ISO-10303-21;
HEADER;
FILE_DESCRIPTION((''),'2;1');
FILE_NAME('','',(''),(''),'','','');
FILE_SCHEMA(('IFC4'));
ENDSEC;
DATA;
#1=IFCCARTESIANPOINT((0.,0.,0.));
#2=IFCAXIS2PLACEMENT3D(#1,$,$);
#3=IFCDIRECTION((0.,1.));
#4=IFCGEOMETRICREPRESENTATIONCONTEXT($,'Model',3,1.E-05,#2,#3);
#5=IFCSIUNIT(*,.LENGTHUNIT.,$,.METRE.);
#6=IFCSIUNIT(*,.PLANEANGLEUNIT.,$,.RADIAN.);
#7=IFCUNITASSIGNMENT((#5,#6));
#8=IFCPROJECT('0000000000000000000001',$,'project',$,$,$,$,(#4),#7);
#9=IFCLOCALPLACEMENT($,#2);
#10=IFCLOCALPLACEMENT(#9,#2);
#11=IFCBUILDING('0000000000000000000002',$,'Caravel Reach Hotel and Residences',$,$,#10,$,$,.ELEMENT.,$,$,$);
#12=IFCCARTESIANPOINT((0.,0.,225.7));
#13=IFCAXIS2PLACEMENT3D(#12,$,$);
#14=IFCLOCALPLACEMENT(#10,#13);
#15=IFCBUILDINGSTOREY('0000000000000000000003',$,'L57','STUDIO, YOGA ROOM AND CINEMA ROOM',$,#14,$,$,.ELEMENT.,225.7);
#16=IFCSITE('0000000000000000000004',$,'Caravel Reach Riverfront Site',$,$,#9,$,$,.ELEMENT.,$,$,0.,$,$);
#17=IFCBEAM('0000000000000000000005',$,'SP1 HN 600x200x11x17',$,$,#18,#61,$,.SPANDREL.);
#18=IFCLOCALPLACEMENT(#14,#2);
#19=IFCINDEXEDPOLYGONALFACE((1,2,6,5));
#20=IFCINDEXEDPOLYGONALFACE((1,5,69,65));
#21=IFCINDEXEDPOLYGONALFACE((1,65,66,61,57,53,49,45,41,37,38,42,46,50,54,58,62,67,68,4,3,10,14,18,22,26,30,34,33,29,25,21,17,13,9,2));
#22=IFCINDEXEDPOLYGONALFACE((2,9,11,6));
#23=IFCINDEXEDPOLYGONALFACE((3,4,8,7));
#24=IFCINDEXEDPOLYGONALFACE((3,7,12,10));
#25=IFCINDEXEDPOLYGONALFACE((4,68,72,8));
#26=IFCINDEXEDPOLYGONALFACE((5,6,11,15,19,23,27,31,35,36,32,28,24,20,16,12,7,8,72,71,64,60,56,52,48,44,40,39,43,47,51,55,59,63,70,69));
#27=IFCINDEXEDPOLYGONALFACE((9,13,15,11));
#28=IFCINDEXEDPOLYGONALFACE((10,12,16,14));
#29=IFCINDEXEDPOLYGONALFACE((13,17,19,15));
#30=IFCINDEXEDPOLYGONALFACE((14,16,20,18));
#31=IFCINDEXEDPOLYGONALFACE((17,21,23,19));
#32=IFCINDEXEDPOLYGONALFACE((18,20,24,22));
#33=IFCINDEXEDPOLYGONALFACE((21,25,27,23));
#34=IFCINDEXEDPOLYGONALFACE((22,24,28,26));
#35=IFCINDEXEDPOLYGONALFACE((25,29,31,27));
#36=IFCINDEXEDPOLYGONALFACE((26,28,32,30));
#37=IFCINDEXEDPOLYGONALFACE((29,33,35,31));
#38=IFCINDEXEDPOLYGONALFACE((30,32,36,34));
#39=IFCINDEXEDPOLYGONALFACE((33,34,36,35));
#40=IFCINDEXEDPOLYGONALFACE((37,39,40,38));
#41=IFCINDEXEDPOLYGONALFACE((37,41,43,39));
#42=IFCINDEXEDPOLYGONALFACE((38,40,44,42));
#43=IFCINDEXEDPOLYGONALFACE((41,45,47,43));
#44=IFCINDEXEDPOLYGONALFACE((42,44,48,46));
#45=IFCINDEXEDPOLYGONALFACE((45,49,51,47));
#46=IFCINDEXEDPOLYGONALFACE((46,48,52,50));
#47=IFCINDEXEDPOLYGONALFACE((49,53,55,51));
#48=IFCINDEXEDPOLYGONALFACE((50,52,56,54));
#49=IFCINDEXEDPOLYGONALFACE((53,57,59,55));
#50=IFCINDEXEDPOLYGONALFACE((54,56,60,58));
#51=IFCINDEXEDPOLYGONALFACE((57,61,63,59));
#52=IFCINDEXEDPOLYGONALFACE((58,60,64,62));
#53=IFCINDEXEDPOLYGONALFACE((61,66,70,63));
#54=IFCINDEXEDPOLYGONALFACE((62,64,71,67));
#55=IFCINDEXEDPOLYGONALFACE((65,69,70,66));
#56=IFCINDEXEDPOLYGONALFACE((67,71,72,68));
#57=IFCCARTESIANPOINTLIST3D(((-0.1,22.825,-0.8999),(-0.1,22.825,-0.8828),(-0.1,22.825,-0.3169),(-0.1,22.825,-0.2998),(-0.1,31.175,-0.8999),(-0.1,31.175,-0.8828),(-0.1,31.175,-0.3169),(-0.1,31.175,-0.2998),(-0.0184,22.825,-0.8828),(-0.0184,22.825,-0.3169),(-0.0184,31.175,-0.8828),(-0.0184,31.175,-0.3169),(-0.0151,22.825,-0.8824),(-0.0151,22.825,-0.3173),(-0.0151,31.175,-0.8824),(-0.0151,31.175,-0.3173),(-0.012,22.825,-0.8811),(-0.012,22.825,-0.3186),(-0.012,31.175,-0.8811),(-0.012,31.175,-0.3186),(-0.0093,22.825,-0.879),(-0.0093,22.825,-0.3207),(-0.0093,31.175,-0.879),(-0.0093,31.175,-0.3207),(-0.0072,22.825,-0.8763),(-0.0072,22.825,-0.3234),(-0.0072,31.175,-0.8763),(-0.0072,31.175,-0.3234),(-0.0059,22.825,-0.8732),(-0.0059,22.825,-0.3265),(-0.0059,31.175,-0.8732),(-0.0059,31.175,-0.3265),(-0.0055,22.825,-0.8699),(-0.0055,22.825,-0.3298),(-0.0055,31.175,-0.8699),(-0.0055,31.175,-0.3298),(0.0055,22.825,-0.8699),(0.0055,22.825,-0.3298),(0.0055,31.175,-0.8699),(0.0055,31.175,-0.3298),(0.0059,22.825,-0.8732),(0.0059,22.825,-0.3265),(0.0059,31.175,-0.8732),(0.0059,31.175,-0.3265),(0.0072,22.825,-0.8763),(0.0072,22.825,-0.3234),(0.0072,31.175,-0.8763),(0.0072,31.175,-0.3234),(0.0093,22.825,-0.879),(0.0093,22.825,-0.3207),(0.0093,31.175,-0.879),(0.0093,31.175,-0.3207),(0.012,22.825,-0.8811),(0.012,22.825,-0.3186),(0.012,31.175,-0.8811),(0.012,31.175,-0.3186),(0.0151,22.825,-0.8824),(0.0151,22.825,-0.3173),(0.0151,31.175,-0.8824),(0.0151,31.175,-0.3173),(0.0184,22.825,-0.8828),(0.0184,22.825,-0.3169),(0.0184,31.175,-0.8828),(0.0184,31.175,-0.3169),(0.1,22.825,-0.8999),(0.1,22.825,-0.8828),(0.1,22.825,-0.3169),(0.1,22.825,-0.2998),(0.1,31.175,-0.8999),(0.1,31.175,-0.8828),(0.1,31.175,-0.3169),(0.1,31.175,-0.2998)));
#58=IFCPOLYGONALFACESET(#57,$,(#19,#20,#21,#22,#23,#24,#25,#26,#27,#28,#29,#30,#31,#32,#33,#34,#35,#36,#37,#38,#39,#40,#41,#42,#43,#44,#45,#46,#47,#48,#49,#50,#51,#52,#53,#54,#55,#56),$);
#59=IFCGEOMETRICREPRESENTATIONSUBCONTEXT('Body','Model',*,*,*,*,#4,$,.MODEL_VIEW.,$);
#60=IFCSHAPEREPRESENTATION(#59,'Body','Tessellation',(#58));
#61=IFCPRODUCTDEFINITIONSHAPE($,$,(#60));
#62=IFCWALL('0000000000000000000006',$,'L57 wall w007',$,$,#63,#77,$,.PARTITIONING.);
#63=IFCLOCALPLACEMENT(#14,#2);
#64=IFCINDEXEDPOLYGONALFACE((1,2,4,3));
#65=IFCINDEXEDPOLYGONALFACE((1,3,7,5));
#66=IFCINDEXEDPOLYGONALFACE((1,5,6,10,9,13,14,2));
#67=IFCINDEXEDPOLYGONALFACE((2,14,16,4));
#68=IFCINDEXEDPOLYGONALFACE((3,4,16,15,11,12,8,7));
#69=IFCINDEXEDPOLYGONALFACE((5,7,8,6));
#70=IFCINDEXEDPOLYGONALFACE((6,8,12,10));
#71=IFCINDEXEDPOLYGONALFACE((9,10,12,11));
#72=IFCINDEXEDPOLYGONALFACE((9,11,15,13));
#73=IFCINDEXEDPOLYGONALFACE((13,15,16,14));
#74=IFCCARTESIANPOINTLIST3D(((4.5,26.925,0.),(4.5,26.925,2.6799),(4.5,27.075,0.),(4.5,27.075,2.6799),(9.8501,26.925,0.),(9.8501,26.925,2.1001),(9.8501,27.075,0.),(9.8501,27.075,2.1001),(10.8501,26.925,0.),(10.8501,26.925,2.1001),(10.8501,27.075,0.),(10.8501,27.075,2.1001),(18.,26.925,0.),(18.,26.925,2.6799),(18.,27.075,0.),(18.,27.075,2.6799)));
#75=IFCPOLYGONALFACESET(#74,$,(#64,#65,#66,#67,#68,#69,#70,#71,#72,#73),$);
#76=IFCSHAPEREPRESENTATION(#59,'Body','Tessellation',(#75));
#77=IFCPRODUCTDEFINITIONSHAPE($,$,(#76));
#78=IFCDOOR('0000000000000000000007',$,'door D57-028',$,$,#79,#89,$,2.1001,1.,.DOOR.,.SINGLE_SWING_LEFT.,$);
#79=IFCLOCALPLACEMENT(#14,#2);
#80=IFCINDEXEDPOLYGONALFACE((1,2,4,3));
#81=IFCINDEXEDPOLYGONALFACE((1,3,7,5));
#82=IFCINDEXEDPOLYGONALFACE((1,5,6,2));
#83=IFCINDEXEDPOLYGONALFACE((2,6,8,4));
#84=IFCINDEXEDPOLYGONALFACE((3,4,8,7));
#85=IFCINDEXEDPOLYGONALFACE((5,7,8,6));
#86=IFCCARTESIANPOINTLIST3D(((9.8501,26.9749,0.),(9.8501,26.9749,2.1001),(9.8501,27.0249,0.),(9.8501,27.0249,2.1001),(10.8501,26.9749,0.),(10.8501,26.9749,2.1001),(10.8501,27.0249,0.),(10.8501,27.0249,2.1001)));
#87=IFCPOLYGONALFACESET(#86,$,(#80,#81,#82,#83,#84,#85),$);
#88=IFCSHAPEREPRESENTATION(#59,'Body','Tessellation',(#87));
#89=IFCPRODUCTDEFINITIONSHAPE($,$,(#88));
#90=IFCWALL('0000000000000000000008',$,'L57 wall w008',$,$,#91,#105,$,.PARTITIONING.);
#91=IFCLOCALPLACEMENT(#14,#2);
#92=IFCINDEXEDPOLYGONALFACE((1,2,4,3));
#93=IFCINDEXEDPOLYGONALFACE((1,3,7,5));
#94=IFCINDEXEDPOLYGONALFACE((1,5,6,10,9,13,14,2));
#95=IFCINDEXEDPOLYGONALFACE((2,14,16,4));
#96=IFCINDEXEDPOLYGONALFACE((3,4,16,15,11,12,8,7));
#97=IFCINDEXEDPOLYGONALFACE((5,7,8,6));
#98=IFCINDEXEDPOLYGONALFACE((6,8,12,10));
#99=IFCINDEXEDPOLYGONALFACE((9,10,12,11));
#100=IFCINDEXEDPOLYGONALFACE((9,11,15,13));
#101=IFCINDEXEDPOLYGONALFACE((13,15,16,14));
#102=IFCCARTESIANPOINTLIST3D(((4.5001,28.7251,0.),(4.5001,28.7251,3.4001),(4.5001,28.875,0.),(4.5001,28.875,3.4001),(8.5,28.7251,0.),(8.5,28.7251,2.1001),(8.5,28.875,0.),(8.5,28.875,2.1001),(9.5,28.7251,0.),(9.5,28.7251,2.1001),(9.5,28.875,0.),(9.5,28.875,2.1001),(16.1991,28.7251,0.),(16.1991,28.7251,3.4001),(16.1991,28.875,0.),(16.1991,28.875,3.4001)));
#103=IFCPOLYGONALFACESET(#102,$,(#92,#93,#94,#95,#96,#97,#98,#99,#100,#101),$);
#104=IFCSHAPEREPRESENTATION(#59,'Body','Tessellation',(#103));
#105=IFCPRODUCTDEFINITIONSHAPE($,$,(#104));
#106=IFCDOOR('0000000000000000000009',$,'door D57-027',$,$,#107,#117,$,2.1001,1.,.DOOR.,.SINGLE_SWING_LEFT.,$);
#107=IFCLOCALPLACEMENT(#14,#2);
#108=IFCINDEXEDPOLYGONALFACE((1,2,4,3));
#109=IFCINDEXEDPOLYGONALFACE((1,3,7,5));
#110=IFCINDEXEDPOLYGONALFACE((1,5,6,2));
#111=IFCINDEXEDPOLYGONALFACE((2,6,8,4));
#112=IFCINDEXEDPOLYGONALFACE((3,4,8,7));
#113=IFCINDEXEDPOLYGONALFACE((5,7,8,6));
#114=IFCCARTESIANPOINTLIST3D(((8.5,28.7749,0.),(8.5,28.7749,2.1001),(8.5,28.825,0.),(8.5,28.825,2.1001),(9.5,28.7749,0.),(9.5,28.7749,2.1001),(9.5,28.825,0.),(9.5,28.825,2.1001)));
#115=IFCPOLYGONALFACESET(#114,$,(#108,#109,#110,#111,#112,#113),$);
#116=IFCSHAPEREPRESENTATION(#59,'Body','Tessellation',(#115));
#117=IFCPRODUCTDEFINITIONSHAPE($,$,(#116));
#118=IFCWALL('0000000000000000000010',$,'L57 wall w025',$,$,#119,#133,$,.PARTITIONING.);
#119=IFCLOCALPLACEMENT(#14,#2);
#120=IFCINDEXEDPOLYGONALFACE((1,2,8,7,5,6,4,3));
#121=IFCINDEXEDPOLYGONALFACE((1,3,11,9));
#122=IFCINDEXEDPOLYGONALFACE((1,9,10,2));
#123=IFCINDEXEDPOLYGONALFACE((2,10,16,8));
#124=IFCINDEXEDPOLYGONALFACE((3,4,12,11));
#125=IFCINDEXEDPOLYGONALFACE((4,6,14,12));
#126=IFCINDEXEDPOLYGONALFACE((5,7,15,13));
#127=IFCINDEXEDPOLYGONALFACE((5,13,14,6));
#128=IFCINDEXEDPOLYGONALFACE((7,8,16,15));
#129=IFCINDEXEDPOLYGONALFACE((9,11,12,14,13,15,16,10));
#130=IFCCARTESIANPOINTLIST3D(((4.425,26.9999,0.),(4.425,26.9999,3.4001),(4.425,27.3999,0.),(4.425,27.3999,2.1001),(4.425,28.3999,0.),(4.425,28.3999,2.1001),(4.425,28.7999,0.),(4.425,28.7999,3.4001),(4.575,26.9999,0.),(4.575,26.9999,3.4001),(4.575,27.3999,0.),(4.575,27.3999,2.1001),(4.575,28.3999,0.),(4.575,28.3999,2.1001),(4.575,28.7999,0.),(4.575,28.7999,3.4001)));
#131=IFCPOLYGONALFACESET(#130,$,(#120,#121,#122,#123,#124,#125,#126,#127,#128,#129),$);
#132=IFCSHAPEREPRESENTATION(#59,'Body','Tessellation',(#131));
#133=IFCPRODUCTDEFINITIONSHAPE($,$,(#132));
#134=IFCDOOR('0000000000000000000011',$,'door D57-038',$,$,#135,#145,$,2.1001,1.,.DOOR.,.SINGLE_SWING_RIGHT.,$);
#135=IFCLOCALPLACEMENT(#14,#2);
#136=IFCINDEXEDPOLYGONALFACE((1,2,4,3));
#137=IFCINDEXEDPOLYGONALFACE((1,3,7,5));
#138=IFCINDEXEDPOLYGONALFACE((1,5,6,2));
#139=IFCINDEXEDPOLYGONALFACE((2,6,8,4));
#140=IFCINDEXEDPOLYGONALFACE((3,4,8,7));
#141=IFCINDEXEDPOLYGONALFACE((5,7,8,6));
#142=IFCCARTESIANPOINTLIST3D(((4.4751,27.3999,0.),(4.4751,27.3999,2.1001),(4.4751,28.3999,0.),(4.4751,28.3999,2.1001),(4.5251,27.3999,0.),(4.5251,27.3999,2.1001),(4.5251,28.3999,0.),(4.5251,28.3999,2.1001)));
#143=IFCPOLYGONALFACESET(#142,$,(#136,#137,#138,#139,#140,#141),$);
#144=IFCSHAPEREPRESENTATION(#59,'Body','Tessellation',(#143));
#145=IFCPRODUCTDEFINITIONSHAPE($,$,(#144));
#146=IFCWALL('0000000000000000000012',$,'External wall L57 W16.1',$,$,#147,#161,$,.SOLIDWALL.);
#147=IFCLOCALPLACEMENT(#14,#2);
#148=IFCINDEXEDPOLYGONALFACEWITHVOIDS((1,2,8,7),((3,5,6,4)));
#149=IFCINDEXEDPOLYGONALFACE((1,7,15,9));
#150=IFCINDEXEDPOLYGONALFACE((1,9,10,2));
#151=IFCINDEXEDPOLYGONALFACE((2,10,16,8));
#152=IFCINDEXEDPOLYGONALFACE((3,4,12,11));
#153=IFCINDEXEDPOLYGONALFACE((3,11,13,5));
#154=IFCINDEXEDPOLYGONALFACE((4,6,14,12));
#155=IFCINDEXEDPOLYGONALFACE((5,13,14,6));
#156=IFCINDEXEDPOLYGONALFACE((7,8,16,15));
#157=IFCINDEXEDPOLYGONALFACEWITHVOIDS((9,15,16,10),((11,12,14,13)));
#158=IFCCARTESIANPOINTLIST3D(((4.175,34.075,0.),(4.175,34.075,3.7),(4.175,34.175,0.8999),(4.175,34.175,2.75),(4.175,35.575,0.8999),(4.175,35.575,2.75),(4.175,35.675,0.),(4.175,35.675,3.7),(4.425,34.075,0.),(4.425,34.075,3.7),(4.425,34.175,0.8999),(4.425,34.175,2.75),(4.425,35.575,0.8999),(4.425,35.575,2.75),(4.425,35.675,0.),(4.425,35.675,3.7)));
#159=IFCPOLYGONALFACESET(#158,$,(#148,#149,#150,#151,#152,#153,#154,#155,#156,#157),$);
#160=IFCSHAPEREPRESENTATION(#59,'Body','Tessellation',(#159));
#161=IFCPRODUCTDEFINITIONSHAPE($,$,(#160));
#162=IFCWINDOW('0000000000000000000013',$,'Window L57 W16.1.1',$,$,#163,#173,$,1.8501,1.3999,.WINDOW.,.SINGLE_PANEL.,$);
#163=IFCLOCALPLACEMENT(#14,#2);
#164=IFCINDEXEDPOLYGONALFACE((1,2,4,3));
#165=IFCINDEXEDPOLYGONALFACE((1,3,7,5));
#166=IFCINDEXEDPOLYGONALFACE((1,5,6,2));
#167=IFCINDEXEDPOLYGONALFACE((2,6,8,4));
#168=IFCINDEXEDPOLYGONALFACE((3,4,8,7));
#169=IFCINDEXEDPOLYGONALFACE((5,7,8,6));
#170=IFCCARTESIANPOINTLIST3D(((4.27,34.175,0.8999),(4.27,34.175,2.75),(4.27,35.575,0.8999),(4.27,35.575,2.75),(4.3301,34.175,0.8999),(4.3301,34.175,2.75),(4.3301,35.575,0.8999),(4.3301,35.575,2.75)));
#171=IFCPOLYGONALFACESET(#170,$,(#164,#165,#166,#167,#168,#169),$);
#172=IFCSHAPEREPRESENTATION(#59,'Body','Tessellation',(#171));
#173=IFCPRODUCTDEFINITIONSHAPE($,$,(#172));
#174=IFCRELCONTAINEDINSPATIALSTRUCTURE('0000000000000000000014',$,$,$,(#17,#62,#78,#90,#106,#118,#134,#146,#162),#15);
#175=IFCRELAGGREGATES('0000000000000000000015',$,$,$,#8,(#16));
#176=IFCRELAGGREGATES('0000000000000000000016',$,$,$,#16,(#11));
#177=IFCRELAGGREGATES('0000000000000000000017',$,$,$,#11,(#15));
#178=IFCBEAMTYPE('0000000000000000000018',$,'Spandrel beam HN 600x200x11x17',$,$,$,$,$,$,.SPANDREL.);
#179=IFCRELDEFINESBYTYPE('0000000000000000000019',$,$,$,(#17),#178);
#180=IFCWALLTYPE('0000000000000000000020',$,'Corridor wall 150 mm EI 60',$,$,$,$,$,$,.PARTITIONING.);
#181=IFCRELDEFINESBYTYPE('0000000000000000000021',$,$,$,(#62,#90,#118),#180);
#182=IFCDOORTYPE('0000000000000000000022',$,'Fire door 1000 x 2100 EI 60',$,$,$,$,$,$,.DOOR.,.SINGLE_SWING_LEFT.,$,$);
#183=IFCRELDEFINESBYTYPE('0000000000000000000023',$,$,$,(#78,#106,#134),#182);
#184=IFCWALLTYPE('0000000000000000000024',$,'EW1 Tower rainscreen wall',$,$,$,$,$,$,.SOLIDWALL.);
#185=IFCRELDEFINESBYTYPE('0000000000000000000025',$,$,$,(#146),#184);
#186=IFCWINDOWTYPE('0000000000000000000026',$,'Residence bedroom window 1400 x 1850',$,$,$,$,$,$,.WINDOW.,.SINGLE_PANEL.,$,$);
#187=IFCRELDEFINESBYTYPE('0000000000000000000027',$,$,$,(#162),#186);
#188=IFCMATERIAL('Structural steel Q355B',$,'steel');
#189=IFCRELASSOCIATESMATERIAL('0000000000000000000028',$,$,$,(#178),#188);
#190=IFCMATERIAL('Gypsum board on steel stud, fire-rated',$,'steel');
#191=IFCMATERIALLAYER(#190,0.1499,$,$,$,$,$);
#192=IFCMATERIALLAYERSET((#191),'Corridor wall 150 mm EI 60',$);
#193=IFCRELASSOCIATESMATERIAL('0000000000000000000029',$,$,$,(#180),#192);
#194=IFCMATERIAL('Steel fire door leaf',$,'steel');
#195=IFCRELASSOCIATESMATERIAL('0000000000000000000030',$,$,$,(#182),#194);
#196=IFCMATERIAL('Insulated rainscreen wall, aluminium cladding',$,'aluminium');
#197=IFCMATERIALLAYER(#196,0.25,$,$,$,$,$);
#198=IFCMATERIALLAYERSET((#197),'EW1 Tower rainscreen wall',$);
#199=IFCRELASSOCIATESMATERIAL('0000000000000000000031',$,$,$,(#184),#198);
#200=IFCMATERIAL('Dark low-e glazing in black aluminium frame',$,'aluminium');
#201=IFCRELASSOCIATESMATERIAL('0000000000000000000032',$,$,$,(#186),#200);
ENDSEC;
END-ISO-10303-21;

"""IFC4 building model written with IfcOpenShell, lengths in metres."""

from ifc_helpers import new_model, si_unit, direction, frame, frame_2d, origin, origin_2d, place, context, subcontext, project, spatial, rectangle, i_section, extrude, material, layer, layer_set, material_profile, profile_set, type_object, element, fill, save


model = new_model("IFC4")

# Units and contexts
model_context = context("Model", 3, precision=1e-05, world=origin(), true_north=direction((0.0, 1.0)))
body_context = subcontext(model_context, "Body", "Model", "MODEL_VIEW")
ifc_project = project(units=[si_unit("LENGTHUNIT", "METRE"), si_unit("PLANEANGLEUNIT", "RADIAN")], contexts=[model_context])

# Site, building, storey
site_placement = place(None, origin())
site = spatial("IfcSite", under=ifc_project, at=site_placement, Name="Caravel Reach Riverfront Site", CompositionType="ELEMENT", RefElevation=0.0)
building_placement = place(site_placement, origin())
building = spatial("IfcBuilding", under=site, at=building_placement, Name="Caravel Reach Hotel and Residences", CompositionType="ELEMENT")
storey_placement = place(building_placement, frame((0.0, 0.0, 225.7)))
storey = spatial("IfcBuildingStorey", under=building, at=storey_placement, Name="L57", Description="STUDIO, YOGA ROOM AND CINEMA ROOM", CompositionType="ELEMENT", Elevation=225.7)

# Beam
ifc_material_1 = material(Name="Structural steel Q355B", Category="steel")
ifc_material_profile_1 = material_profile(ifc_material_1, i_section(OverallWidth=0.2, OverallDepth=0.6001, WebThickness=0.011, FlangeThickness=0.0171, FilletRadius=0.0129, at=origin_2d()), Name="HN 600x200x11x17")
ifc_profile_set_1 = profile_set([ifc_material_profile_1], Name="Structural steel Q355B")
beam_type = type_object("IfcBeamType", Name="Spandrel beam HN 600x200x11x17", PredefinedType="SPANDREL", material=ifc_profile_set_1)
beam_placement = place(storey_placement, frame((0.0, 31.175, -0.5999), z_axis=(0.0, -1.0, 0.0), x_axis=(1.0, 0.0, 0.0)))
element("IfcBeam", 1, at=beam_placement, inside=storey, type_object=beam_type, Name="SP1 HN 600x200x11x17", PredefinedType="SPANDREL", context=body_context, shape_type="SweptSolid", body=[
    extrude(i_section(OverallWidth=0.2, OverallDepth=0.6001, WebThickness=0.011, FlangeThickness=0.0171, FilletRadius=0.0129, at=origin_2d()), origin(), (0.0, 0.0, 1.0), 8.3501),
])

# Walls, openings, doors
ifc_material_2 = material(Name="Gypsum board on steel stud, fire-rated", Category="steel")
ifc_layer_1 = layer(ifc_material_2, 0.1499)
ifc_layer_set_1 = layer_set([ifc_layer_1], Name="Corridor wall 150 mm EI 60")
wall_type_1 = type_object("IfcWallType", Name="Corridor wall 150 mm EI 60", PredefinedType="PARTITIONING", material=ifc_layer_set_1)
wall_1_placement = place(storey_placement, frame((4.5, 27.0, 0.0), z_axis=(0.0, 0.0, 1.0), x_axis=(1.0, 0.0, 0.0)))
wall_1 = element("IfcWall", 2, at=wall_1_placement, inside=storey, type_object=wall_type_1, Name="L57 wall w007", PredefinedType="PARTITIONING", context=body_context, shape_type="SweptSolid", body=[
    extrude(rectangle(XDim=13.5, YDim=0.1499, at=frame_2d((6.75, 0.0))), origin(), (0.0, 0.0, 1.0), 2.6799),
])
opening_1_placement = place(wall_1_placement, frame((5.3501, 0.0, 0.0)))
opening_1 = element("IfcOpeningElement", 3, at=opening_1_placement, cuts=wall_1, PredefinedType="OPENING", context=body_context, shape_type="SweptSolid", body=[
    extrude(rectangle(XDim=1.0, YDim=2.1001, at=frame_2d((0.5, 1.05))), frame((0.0, 0.085, 0.0), z_axis=(0.0, -1.0, 0.0), x_axis=(1.0, 0.0, 0.0)), (0.0, 0.0, 1.0), 0.1699),
])
ifc_material_3 = material(Name="Steel fire door leaf", Category="steel")
door_type = type_object("IfcDoorType", Name="Fire door 1000 x 2100 EI 60", OperationType="SINGLE_SWING_LEFT", PredefinedType="DOOR", material=ifc_material_3)
door_1_placement = place(opening_1_placement, origin())
door_1 = element("IfcDoor", 4, at=door_1_placement, inside=storey, type_object=door_type, Name="door D57-028", OperationType="SINGLE_SWING_LEFT", OverallHeight=2.1001, OverallWidth=1.0, PredefinedType="DOOR", context=body_context, shape_type="SweptSolid", body=[
    extrude(rectangle(XDim=1.0, YDim=2.1001, at=frame_2d((0.5, 1.05))), frame((0.0, 0.0249, 0.0), z_axis=(0.0, -1.0, 0.0), x_axis=(1.0, 0.0, 0.0)), (0.0, 0.0, 1.0), 0.05),
])
fill(opening_1, door_1)
wall_2_placement = place(storey_placement, frame((4.5, 28.8, 0.0), z_axis=(0.0, 0.0, 1.0), x_axis=(1.0, 0.0, 0.0)))
wall_2 = element("IfcWall", 5, at=wall_2_placement, inside=storey, type_object=wall_type_1, Name="L57 wall w008", PredefinedType="PARTITIONING", context=body_context, shape_type="SweptSolid", body=[
    extrude(rectangle(XDim=11.699, YDim=0.1499, at=frame_2d((5.8496, 0.0))), origin(), (0.0, 0.0, 1.0), 3.4001),
])
opening_2_placement = place(wall_2_placement, frame((4.0, 0.0, 0.0)))
opening_2 = element("IfcOpeningElement", 6, at=opening_2_placement, cuts=wall_2, PredefinedType="OPENING", context=body_context, shape_type="SweptSolid", body=[
    extrude(rectangle(XDim=1.0, YDim=2.1001, at=frame_2d((0.5, 1.05))), frame((0.0, 0.085, 0.0), z_axis=(0.0, -1.0, 0.0), x_axis=(1.0, 0.0, 0.0)), (0.0, 0.0, 1.0), 0.1699),
])
door_2_placement = place(opening_2_placement, origin())
door_2 = element("IfcDoor", 7, at=door_2_placement, inside=storey, type_object=door_type, Name="door D57-027", OperationType="SINGLE_SWING_LEFT", OverallHeight=2.1001, OverallWidth=1.0, PredefinedType="DOOR", context=body_context, shape_type="SweptSolid", body=[
    extrude(rectangle(XDim=1.0, YDim=2.1001, at=frame_2d((0.5, 1.05))), frame((0.0, 0.0249, 0.0), z_axis=(0.0, -1.0, 0.0), x_axis=(1.0, 0.0, 0.0)), (0.0, 0.0, 1.0), 0.05),
])
fill(opening_2, door_2)
wall_3_placement = place(storey_placement, frame((4.5, 27.0, 0.0), z_axis=(0.0, 0.0, 1.0), x_axis=(0.0, 1.0, 0.0)))
wall_3 = element("IfcWall", 8, at=wall_3_placement, inside=storey, type_object=wall_type_1, Name="L57 wall w025", PredefinedType="PARTITIONING", context=body_context, shape_type="SweptSolid", body=[
    extrude(rectangle(XDim=1.8, YDim=0.1499, at=frame_2d((0.8999, 0.0))), origin(), (0.0, 0.0, 1.0), 3.4001),
])
opening_3_placement = place(wall_3_placement, frame((0.3999, 0.0, 0.0)))
opening_3 = element("IfcOpeningElement", 9, at=opening_3_placement, cuts=wall_3, PredefinedType="OPENING", context=body_context, shape_type="SweptSolid", body=[
    extrude(rectangle(XDim=1.0, YDim=2.1001, at=frame_2d((0.5, 1.05))), frame((0.0, 0.085, 0.0), z_axis=(0.0, -1.0, 0.0), x_axis=(1.0, 0.0, 0.0)), (0.0, 0.0, 1.0), 0.1699),
])
door_3_placement = place(opening_3_placement, origin())
door_3 = element("IfcDoor", 10, at=door_3_placement, inside=storey, type_object=door_type, Name="door D57-038", OperationType="SINGLE_SWING_RIGHT", OverallHeight=2.1001, OverallWidth=1.0, PredefinedType="DOOR", context=body_context, shape_type="SweptSolid", body=[
    extrude(rectangle(XDim=1.0, YDim=2.1001, at=frame_2d((0.5, 1.05))), frame((0.0, 0.0249, 0.0), z_axis=(0.0, -1.0, 0.0), x_axis=(1.0, 0.0, 0.0)), (0.0, 0.0, 1.0), 0.05),
])
fill(opening_3, door_3)

# Wall, opening, window
ifc_material_4 = material(Name="Insulated rainscreen wall, aluminium cladding", Category="aluminium")
ifc_layer_2 = layer(ifc_material_4, 0.25)
ifc_layer_set_2 = layer_set([ifc_layer_2], Name="EW1 Tower rainscreen wall")
wall_type_2 = type_object("IfcWallType", Name="EW1 Tower rainscreen wall", PredefinedType="SOLIDWALL", material=ifc_layer_set_2)
wall_4_placement = place(storey_placement, frame((4.3, 35.675, 0.0), z_axis=(0.0, 0.0, 1.0), x_axis=(0.0, -1.0, 0.0)))
wall_4 = element("IfcWall", 11, at=wall_4_placement, inside=storey, type_object=wall_type_2, Name="External wall L57 W16.1", PredefinedType="SOLIDWALL", context=body_context, shape_type="SweptSolid", body=[
    extrude(rectangle(XDim=1.6001, YDim=0.25, at=frame_2d((0.8, 0.0))), origin(), (0.0, 0.0, 1.0), 3.7),
])
opening_4_placement = place(wall_4_placement, frame((0.1001, 0.0, 0.8999)))
opening_4 = element("IfcOpeningElement", 12, at=opening_4_placement, cuts=wall_4, PredefinedType="OPENING", context=body_context, shape_type="SweptSolid", body=[
    extrude(rectangle(XDim=1.3999, YDim=1.8501, at=frame_2d((0.7, 0.925))), frame((0.0, 0.135, 0.0), z_axis=(0.0, -1.0, 0.0), x_axis=(1.0, 0.0, 0.0)), (0.0, 0.0, 1.0), 0.27),
])
ifc_material_5 = material(Name="Dark low-e glazing in black aluminium frame", Category="aluminium")
window_type_1 = type_object("IfcWindowType", Name="Residence bedroom window 1400 x 1850", PartitioningType="SINGLE_PANEL", PredefinedType="WINDOW", material=ifc_material_5)
window_1_placement = place(opening_4_placement, origin())
window_1 = element("IfcWindow", 13, at=window_1_placement, inside=storey, type_object=window_type_1, Name="Window L57 W16.1.1", OverallHeight=1.8501, OverallWidth=1.3999, PartitioningType="SINGLE_PANEL", PredefinedType="WINDOW", context=body_context, shape_type="SweptSolid", body=[
    extrude(rectangle(XDim=1.3999, YDim=1.8501, at=frame_2d((0.7, 0.925))), frame((0.0, 0.03, 0.0), z_axis=(0.0, -1.0, 0.0), x_axis=(1.0, 0.0, 0.0)), (0.0, 0.0, 1.0), 0.0601),
])
fill(opening_4, window_1)

save(model, "model.ifc")
